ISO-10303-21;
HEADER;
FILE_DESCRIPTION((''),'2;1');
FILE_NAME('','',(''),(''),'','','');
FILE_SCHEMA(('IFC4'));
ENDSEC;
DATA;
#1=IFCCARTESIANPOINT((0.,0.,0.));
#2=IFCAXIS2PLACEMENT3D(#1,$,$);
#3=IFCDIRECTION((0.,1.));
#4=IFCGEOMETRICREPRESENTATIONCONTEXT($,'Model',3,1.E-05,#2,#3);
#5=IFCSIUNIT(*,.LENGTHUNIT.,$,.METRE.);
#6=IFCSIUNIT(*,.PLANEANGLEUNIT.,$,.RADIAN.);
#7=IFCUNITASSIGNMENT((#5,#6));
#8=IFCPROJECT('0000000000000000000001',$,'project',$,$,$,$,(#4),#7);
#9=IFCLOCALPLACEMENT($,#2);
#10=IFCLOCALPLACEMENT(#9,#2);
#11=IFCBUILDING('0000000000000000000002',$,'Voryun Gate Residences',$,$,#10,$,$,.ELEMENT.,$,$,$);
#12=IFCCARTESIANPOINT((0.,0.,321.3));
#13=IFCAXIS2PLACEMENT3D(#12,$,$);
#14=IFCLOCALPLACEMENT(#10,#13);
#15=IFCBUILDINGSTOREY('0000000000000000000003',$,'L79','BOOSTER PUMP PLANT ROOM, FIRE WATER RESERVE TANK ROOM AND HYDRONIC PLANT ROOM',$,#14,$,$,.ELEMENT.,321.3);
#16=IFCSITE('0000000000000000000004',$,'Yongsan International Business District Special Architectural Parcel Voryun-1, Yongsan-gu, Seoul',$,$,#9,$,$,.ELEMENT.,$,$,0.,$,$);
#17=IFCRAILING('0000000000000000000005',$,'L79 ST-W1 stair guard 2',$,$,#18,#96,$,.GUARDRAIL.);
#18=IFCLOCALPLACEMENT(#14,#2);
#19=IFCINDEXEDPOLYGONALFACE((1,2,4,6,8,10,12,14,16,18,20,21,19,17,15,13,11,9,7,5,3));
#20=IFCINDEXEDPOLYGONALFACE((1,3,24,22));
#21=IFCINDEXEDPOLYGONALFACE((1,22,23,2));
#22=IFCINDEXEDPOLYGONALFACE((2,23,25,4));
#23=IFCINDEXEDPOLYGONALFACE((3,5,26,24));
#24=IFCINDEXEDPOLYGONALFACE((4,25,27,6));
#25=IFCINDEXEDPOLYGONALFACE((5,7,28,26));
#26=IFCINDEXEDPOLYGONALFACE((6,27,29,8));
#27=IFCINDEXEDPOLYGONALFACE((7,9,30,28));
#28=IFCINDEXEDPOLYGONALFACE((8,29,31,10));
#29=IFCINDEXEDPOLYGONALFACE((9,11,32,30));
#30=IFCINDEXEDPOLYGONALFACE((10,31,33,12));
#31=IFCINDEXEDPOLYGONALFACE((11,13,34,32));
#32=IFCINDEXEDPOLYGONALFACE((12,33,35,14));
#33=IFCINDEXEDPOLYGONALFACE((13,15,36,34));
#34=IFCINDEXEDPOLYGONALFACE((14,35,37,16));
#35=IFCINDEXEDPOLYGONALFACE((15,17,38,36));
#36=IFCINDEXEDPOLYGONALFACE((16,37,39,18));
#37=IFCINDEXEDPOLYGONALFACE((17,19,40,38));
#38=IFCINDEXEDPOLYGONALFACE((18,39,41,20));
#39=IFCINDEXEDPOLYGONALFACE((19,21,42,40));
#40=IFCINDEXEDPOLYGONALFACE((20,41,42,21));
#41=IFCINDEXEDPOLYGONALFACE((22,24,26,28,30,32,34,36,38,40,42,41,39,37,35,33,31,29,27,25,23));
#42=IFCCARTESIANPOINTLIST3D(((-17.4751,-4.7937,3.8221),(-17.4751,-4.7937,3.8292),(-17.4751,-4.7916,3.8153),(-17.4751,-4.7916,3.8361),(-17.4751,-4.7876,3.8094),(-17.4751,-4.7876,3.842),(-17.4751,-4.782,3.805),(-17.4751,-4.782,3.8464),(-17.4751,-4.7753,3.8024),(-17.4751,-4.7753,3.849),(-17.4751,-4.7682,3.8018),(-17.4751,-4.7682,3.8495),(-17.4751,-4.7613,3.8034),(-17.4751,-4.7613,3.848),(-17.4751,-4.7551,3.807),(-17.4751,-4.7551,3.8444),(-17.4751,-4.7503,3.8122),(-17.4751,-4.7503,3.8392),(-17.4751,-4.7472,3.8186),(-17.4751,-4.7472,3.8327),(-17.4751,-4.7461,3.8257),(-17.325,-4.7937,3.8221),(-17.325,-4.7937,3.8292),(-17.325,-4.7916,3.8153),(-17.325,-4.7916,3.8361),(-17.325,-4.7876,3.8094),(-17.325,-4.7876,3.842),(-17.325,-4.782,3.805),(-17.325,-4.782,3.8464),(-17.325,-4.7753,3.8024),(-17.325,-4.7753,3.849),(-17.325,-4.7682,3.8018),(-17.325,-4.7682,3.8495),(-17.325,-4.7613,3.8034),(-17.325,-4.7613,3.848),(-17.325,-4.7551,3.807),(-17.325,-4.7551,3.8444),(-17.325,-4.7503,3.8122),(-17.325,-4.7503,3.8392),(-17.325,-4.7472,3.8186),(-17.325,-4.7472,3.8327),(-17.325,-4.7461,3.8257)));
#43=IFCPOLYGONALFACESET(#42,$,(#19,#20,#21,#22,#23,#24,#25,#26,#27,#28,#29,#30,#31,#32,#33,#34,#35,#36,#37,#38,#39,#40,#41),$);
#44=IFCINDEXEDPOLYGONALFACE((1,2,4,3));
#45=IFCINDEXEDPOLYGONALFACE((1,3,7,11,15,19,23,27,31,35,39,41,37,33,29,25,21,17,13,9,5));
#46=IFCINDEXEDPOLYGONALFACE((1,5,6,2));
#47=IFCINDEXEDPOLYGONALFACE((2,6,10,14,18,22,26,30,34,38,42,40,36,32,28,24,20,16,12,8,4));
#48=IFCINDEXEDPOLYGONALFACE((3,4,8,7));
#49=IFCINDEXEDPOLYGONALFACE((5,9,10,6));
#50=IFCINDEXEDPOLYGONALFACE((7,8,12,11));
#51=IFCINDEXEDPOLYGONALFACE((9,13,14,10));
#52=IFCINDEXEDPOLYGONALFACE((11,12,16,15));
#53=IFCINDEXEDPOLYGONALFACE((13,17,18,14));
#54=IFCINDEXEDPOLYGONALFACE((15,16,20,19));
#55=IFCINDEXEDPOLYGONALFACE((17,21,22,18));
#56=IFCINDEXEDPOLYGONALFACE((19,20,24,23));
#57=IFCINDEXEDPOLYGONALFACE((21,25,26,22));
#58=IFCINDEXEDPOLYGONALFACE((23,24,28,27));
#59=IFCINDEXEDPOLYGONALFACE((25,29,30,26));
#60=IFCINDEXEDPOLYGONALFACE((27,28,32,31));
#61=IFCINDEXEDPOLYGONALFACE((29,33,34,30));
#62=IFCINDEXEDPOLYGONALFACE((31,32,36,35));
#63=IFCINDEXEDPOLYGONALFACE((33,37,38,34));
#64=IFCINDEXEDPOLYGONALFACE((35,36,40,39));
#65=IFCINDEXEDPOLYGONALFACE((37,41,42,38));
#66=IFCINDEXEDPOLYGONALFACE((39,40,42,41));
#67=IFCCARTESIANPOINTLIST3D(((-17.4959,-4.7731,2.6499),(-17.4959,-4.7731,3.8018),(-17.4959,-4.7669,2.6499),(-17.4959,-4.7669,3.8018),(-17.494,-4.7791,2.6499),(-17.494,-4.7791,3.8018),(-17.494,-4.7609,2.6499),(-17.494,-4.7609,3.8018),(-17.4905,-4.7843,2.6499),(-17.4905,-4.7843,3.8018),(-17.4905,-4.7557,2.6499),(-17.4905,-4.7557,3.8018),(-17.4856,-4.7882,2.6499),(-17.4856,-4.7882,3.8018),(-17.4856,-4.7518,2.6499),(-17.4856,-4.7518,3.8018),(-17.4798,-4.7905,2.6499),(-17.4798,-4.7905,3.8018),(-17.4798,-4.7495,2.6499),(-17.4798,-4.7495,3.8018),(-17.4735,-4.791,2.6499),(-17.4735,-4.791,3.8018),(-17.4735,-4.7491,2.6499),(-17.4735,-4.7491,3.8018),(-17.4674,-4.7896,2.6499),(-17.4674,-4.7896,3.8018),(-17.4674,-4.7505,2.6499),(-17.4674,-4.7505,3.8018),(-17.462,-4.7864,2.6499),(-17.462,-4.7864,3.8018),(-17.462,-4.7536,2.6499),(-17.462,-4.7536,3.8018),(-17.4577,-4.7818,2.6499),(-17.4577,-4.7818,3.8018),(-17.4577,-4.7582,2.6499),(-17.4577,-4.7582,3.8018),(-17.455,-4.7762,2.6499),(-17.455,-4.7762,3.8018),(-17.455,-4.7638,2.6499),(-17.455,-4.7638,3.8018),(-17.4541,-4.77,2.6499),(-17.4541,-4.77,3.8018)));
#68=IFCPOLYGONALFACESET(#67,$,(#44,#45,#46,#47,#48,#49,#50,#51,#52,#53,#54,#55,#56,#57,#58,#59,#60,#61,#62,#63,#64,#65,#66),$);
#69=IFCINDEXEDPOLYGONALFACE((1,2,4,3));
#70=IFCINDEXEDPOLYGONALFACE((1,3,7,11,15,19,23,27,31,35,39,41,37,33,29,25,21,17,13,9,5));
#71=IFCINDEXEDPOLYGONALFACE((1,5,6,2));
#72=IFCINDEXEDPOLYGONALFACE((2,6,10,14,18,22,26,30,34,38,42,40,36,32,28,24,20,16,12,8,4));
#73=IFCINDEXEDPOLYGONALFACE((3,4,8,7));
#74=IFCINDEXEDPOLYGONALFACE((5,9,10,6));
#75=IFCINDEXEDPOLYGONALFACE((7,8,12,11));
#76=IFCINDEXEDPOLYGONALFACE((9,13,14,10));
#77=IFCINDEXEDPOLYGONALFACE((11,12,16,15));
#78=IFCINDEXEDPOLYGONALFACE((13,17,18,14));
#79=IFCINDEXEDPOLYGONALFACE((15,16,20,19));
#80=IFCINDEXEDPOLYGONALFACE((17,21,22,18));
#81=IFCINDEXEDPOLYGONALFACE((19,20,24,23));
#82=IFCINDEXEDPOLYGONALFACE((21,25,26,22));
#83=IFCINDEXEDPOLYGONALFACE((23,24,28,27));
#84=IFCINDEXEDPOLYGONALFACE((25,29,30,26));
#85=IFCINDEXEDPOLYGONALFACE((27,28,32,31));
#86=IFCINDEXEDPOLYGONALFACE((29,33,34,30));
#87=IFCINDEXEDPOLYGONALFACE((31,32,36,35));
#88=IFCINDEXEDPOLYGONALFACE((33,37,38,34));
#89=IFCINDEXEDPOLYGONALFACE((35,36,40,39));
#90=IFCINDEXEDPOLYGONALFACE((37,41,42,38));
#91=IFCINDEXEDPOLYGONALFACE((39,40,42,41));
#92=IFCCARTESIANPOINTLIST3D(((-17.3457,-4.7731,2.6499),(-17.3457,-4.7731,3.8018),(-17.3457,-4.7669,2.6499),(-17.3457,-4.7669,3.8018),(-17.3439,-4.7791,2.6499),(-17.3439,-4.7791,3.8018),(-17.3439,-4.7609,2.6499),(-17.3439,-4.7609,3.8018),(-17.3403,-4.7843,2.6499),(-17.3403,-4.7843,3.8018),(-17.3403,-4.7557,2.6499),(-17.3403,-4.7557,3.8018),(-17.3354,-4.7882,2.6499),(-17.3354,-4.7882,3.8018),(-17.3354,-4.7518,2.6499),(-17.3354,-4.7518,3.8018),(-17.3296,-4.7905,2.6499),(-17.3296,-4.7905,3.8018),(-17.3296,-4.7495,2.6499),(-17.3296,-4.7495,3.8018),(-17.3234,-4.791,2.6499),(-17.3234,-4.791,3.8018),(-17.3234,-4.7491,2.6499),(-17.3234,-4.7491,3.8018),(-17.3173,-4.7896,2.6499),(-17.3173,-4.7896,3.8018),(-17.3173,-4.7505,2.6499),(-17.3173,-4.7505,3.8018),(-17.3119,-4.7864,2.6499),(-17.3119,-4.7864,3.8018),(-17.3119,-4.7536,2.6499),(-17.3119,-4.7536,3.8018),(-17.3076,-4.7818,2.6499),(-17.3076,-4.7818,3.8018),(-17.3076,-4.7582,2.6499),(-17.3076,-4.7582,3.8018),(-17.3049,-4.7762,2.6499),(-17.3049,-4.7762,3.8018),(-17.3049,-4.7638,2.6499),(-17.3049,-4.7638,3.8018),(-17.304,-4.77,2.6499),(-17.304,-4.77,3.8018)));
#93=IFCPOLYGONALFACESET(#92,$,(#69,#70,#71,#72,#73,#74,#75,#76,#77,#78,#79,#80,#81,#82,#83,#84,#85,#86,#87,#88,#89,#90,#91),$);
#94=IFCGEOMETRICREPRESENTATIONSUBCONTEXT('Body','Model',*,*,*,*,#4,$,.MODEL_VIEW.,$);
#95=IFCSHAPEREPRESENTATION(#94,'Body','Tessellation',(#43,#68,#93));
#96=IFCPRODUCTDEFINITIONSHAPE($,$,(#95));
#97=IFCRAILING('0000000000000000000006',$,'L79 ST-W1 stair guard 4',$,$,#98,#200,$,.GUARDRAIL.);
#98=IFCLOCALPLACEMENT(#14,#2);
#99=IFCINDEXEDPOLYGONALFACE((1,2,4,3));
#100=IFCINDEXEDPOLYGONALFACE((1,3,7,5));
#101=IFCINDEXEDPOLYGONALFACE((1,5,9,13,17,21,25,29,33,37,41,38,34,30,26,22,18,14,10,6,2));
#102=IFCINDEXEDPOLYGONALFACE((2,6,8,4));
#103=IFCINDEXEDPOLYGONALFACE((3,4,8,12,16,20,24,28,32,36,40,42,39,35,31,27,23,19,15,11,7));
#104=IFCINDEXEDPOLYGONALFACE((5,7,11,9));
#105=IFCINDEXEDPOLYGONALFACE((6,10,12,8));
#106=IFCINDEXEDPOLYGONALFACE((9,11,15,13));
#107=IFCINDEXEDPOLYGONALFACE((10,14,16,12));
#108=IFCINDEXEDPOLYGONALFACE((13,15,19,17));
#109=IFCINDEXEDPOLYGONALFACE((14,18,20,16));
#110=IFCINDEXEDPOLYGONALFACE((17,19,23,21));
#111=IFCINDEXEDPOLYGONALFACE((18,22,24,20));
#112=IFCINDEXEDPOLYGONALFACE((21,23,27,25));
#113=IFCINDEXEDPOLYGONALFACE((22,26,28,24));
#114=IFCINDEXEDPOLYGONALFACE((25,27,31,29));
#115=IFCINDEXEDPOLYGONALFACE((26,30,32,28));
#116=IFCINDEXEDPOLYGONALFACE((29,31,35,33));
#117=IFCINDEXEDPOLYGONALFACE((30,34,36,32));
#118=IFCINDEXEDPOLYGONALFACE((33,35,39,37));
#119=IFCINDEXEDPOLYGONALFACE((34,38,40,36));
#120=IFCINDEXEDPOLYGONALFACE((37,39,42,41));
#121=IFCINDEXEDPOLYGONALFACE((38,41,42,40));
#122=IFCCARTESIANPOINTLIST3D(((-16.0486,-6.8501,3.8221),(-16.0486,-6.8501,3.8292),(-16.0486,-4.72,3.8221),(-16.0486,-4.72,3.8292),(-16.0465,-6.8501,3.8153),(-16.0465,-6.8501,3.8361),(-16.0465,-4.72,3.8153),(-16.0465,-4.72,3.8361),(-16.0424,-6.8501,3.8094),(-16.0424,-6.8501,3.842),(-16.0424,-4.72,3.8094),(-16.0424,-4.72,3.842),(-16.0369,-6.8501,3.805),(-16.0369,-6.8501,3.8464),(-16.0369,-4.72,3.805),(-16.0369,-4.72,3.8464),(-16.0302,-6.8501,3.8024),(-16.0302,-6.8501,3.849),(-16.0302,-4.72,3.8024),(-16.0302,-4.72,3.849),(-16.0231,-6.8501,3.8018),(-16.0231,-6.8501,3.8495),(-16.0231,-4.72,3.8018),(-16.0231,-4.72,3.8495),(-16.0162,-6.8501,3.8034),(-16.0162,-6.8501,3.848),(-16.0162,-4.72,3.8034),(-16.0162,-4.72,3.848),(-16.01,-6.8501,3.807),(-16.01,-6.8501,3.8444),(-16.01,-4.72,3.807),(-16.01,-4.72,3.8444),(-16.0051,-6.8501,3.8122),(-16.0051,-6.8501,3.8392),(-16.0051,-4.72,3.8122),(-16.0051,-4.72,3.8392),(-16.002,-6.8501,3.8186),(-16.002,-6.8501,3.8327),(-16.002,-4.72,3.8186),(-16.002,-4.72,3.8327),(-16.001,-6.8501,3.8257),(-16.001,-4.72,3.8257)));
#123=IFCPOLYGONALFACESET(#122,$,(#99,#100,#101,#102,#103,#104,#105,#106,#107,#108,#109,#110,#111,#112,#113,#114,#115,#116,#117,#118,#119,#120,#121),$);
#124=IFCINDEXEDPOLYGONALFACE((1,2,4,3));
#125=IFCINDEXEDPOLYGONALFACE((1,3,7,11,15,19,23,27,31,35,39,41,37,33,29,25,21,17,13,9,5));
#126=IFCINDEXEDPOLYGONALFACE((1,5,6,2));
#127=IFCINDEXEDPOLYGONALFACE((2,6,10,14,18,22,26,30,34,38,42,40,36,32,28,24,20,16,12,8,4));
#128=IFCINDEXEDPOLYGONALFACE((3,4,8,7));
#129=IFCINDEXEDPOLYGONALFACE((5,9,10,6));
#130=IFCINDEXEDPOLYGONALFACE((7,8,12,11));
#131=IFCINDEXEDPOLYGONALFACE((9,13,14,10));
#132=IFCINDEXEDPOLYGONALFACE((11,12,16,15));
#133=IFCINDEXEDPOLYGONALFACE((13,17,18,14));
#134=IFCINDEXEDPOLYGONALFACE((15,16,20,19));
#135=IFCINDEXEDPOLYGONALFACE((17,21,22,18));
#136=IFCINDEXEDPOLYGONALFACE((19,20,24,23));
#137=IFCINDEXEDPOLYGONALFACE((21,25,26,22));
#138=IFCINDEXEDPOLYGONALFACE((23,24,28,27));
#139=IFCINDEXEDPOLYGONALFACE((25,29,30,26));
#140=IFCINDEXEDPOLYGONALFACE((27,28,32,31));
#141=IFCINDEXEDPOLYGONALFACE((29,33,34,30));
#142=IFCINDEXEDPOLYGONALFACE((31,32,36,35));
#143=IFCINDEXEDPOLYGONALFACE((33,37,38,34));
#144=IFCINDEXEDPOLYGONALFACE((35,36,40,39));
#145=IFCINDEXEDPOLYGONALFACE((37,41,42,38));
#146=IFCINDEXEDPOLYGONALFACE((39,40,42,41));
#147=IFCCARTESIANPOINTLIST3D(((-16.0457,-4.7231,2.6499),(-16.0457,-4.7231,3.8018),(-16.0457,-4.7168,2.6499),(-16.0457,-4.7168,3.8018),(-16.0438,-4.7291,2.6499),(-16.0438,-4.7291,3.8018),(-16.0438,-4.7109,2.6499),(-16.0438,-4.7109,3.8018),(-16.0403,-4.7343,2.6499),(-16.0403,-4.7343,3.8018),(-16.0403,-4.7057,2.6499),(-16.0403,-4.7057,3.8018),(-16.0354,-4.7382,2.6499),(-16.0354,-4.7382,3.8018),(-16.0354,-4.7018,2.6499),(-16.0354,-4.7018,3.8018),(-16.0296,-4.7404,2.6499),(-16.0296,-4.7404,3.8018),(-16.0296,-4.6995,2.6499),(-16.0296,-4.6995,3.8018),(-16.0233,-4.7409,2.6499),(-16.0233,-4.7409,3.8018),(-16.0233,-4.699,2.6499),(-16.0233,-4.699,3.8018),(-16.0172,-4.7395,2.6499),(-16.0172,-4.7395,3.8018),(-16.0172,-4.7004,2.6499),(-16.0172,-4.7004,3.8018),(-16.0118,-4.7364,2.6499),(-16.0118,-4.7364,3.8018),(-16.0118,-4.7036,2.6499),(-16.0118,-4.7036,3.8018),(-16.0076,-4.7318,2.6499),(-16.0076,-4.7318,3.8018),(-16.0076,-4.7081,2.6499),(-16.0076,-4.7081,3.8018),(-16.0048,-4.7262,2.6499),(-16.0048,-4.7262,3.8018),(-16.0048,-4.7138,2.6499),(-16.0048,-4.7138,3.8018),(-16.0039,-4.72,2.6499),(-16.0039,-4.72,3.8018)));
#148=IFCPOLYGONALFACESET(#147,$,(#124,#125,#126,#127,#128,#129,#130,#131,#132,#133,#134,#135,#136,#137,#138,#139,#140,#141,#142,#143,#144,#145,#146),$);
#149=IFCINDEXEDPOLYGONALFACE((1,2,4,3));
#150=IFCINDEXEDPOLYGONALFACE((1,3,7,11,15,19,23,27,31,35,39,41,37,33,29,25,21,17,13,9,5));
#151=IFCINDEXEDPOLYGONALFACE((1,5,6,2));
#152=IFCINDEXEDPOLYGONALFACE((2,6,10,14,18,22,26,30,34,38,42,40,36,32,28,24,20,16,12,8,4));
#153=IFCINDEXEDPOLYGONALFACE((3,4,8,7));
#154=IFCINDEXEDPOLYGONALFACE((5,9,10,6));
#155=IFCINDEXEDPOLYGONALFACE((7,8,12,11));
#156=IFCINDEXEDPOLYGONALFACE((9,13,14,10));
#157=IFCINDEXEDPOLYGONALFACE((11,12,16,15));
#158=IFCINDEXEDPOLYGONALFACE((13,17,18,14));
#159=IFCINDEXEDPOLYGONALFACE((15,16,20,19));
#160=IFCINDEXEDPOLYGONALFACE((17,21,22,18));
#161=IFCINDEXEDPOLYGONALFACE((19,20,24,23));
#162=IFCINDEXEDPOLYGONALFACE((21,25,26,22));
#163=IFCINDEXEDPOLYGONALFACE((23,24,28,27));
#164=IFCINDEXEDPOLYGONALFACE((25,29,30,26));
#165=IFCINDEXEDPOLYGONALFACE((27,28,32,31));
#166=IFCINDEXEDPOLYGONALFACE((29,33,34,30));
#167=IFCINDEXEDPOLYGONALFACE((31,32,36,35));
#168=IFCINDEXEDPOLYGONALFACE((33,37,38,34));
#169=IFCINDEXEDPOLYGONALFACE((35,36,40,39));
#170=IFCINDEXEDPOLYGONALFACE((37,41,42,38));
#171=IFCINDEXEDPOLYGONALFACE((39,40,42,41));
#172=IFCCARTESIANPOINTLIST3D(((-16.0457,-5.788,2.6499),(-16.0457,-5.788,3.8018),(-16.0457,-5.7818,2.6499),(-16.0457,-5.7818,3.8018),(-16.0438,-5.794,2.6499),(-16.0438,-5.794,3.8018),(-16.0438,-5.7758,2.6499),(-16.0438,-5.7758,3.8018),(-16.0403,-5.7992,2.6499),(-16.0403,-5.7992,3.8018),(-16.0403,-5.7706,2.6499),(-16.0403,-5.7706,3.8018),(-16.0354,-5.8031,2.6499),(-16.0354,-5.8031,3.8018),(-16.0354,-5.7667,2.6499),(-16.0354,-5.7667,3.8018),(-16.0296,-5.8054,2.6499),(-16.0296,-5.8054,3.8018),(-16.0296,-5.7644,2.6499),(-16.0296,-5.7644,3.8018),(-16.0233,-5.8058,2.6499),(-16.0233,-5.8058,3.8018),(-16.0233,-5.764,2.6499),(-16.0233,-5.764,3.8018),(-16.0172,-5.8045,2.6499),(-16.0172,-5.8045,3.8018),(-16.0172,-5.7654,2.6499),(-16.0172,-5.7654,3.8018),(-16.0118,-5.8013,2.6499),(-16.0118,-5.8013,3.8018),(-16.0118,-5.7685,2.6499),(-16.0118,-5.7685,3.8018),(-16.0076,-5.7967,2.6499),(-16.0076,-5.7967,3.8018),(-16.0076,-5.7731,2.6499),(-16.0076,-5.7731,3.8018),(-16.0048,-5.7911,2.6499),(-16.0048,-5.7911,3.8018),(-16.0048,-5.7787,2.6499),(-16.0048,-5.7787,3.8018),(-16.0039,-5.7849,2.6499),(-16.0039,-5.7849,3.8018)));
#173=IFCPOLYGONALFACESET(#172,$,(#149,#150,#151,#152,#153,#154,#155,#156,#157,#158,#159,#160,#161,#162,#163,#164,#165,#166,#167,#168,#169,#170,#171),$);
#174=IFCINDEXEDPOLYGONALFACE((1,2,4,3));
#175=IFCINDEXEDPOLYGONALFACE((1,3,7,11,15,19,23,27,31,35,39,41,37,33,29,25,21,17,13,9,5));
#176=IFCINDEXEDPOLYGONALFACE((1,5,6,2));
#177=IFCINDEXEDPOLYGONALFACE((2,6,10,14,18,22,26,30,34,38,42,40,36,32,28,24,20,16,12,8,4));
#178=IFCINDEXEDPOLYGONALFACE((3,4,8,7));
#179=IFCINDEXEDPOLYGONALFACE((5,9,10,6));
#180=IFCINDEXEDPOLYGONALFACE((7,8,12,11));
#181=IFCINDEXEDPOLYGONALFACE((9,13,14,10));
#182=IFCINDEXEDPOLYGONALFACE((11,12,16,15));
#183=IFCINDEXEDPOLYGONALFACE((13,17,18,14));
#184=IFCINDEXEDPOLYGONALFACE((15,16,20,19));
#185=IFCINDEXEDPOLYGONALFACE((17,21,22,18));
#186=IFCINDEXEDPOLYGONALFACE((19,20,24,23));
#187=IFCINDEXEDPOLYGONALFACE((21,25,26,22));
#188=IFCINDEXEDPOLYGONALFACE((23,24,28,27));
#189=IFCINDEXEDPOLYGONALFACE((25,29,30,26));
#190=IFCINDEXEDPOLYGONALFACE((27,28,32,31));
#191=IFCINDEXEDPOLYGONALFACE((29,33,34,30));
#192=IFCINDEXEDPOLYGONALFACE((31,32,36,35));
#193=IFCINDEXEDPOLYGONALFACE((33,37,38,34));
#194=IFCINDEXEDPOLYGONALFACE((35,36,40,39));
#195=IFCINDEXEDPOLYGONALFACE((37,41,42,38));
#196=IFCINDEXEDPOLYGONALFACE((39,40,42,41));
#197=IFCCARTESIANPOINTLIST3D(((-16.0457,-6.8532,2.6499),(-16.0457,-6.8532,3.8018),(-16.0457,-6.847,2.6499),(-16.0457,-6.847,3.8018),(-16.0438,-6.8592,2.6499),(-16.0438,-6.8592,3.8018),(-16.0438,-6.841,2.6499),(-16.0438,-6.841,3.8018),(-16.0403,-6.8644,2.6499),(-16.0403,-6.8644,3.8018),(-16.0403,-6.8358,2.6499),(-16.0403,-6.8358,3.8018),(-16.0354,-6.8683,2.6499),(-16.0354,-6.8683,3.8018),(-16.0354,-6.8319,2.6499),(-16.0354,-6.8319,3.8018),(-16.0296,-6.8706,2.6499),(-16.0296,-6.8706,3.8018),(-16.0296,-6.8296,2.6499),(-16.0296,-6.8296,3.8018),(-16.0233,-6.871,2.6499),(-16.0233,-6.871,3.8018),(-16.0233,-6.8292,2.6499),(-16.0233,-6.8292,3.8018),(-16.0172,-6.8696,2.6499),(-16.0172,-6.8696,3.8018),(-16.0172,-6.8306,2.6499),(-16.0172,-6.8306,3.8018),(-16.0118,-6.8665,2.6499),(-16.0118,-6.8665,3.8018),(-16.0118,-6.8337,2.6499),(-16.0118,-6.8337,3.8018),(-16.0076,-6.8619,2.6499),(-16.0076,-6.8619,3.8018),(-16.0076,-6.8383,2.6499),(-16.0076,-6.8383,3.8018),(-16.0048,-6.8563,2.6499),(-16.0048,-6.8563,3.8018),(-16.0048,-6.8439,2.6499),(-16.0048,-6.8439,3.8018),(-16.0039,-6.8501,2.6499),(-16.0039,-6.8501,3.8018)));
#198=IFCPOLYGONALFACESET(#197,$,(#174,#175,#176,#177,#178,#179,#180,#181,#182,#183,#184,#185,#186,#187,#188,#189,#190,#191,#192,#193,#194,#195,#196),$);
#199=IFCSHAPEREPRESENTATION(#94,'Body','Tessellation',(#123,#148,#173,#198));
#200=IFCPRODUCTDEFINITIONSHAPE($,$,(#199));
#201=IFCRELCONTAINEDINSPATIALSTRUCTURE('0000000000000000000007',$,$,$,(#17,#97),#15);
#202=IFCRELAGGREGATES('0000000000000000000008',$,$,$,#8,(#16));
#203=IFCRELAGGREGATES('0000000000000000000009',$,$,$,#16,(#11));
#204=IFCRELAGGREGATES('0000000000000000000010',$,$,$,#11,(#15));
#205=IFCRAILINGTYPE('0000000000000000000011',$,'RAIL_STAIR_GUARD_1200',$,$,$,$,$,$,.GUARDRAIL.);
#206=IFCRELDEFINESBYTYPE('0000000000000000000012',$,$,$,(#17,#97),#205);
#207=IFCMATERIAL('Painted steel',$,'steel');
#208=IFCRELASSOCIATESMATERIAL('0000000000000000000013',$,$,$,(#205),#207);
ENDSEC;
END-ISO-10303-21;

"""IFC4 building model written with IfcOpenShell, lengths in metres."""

from ifc_helpers import new_model, si_unit, direction, frame, origin, origin_2d, place, context, subcontext, project, spatial, circle, extrude, material, type_object, element, save


model = new_model("IFC4")

# Units and contexts
model_context = context("Model", 3, precision=1e-05, world=origin(), true_north=direction((0.0, 1.0)))
body_context = subcontext(model_context, "Body", "Model", "MODEL_VIEW")
ifc_project = project(units=[si_unit("LENGTHUNIT", "METRE"), si_unit("PLANEANGLEUNIT", "RADIAN")], contexts=[model_context])

# Site, building, storey
site_placement = place(None, origin())
site = spatial("IfcSite", under=ifc_project, at=site_placement, Name="Yongsan International Business District Special Architectural Parcel Voryun-1, Yongsan-gu, Seoul", CompositionType="ELEMENT", RefElevation=0.0)
building_placement = place(site_placement, origin())
building = spatial("IfcBuilding", under=site, at=building_placement, Name="Voryun Gate Residences", CompositionType="ELEMENT")
storey_placement = place(building_placement, frame((0.0, 0.0, 321.3)))
storey = spatial("IfcBuildingStorey", under=building, at=storey_placement, Name="L79", Description="BOOSTER PUMP PLANT ROOM, FIRE WATER RESERVE TANK ROOM AND HYDRONIC PLANT ROOM", CompositionType="ELEMENT", Elevation=321.3)

# Railings
ifc_material_1 = material(Name="Painted steel", Category="steel")
railing_type_1 = type_object("IfcRailingType", Name="RAIL_STAIR_GUARD_1200", PredefinedType="GUARDRAIL", material=ifc_material_1)
railing_1_placement = place(storey_placement, frame((-17.4751, -4.77, 2.6499)))
element("IfcRailing", 1, at=railing_1_placement, inside=storey, type_object=railing_type_1, Name="L79 ST-W1 stair guard 2", PredefinedType="GUARDRAIL", context=body_context, shape_type="SweptSolid", body=[
    extrude(circle(Radius=0.0239, at=origin_2d()), frame((0.0, 0.0, 1.1758), z_axis=(1.0, 0.0, 0.0), x_axis=(0.0, 1.0, 0.0)), (0.0, 0.0, 1.0), 0.1501),
    extrude(circle(Radius=0.021, at=origin_2d()), origin(), (0.0, 0.0, 1.0), 1.1519),
    extrude(circle(Radius=0.021, at=origin_2d()), frame((0.1501, 0.0, 0.0)), (0.0, 0.0, 1.0), 1.1519),
])
railing_2_placement = place(storey_placement, frame((-16.0249, -4.72, 2.6499)))
element("IfcRailing", 2, at=railing_2_placement, inside=storey, type_object=railing_type_1, Name="L79 ST-W1 stair guard 4", PredefinedType="GUARDRAIL", context=body_context, shape_type="SweptSolid", body=[
    extrude(circle(Radius=0.0239, at=origin_2d()), frame((0.0, 0.0, 1.1758), z_axis=(0.0, -1.0, 0.0), x_axis=(1.0, 0.0, 0.0)), (0.0, 0.0, 1.0), 2.1301),
    extrude(circle(Radius=0.021, at=origin_2d()), origin(), (0.0, 0.0, 1.0), 1.1519),
    extrude(circle(Radius=0.021, at=origin_2d()), frame((0.0, -1.0649, 0.0)), (0.0, 0.0, 1.0), 1.1519),
    extrude(circle(Radius=0.021, at=origin_2d()), frame((0.0, -2.1301, 0.0)), (0.0, 0.0, 1.0), 1.1519),
])

save(model, "model.ifc")
